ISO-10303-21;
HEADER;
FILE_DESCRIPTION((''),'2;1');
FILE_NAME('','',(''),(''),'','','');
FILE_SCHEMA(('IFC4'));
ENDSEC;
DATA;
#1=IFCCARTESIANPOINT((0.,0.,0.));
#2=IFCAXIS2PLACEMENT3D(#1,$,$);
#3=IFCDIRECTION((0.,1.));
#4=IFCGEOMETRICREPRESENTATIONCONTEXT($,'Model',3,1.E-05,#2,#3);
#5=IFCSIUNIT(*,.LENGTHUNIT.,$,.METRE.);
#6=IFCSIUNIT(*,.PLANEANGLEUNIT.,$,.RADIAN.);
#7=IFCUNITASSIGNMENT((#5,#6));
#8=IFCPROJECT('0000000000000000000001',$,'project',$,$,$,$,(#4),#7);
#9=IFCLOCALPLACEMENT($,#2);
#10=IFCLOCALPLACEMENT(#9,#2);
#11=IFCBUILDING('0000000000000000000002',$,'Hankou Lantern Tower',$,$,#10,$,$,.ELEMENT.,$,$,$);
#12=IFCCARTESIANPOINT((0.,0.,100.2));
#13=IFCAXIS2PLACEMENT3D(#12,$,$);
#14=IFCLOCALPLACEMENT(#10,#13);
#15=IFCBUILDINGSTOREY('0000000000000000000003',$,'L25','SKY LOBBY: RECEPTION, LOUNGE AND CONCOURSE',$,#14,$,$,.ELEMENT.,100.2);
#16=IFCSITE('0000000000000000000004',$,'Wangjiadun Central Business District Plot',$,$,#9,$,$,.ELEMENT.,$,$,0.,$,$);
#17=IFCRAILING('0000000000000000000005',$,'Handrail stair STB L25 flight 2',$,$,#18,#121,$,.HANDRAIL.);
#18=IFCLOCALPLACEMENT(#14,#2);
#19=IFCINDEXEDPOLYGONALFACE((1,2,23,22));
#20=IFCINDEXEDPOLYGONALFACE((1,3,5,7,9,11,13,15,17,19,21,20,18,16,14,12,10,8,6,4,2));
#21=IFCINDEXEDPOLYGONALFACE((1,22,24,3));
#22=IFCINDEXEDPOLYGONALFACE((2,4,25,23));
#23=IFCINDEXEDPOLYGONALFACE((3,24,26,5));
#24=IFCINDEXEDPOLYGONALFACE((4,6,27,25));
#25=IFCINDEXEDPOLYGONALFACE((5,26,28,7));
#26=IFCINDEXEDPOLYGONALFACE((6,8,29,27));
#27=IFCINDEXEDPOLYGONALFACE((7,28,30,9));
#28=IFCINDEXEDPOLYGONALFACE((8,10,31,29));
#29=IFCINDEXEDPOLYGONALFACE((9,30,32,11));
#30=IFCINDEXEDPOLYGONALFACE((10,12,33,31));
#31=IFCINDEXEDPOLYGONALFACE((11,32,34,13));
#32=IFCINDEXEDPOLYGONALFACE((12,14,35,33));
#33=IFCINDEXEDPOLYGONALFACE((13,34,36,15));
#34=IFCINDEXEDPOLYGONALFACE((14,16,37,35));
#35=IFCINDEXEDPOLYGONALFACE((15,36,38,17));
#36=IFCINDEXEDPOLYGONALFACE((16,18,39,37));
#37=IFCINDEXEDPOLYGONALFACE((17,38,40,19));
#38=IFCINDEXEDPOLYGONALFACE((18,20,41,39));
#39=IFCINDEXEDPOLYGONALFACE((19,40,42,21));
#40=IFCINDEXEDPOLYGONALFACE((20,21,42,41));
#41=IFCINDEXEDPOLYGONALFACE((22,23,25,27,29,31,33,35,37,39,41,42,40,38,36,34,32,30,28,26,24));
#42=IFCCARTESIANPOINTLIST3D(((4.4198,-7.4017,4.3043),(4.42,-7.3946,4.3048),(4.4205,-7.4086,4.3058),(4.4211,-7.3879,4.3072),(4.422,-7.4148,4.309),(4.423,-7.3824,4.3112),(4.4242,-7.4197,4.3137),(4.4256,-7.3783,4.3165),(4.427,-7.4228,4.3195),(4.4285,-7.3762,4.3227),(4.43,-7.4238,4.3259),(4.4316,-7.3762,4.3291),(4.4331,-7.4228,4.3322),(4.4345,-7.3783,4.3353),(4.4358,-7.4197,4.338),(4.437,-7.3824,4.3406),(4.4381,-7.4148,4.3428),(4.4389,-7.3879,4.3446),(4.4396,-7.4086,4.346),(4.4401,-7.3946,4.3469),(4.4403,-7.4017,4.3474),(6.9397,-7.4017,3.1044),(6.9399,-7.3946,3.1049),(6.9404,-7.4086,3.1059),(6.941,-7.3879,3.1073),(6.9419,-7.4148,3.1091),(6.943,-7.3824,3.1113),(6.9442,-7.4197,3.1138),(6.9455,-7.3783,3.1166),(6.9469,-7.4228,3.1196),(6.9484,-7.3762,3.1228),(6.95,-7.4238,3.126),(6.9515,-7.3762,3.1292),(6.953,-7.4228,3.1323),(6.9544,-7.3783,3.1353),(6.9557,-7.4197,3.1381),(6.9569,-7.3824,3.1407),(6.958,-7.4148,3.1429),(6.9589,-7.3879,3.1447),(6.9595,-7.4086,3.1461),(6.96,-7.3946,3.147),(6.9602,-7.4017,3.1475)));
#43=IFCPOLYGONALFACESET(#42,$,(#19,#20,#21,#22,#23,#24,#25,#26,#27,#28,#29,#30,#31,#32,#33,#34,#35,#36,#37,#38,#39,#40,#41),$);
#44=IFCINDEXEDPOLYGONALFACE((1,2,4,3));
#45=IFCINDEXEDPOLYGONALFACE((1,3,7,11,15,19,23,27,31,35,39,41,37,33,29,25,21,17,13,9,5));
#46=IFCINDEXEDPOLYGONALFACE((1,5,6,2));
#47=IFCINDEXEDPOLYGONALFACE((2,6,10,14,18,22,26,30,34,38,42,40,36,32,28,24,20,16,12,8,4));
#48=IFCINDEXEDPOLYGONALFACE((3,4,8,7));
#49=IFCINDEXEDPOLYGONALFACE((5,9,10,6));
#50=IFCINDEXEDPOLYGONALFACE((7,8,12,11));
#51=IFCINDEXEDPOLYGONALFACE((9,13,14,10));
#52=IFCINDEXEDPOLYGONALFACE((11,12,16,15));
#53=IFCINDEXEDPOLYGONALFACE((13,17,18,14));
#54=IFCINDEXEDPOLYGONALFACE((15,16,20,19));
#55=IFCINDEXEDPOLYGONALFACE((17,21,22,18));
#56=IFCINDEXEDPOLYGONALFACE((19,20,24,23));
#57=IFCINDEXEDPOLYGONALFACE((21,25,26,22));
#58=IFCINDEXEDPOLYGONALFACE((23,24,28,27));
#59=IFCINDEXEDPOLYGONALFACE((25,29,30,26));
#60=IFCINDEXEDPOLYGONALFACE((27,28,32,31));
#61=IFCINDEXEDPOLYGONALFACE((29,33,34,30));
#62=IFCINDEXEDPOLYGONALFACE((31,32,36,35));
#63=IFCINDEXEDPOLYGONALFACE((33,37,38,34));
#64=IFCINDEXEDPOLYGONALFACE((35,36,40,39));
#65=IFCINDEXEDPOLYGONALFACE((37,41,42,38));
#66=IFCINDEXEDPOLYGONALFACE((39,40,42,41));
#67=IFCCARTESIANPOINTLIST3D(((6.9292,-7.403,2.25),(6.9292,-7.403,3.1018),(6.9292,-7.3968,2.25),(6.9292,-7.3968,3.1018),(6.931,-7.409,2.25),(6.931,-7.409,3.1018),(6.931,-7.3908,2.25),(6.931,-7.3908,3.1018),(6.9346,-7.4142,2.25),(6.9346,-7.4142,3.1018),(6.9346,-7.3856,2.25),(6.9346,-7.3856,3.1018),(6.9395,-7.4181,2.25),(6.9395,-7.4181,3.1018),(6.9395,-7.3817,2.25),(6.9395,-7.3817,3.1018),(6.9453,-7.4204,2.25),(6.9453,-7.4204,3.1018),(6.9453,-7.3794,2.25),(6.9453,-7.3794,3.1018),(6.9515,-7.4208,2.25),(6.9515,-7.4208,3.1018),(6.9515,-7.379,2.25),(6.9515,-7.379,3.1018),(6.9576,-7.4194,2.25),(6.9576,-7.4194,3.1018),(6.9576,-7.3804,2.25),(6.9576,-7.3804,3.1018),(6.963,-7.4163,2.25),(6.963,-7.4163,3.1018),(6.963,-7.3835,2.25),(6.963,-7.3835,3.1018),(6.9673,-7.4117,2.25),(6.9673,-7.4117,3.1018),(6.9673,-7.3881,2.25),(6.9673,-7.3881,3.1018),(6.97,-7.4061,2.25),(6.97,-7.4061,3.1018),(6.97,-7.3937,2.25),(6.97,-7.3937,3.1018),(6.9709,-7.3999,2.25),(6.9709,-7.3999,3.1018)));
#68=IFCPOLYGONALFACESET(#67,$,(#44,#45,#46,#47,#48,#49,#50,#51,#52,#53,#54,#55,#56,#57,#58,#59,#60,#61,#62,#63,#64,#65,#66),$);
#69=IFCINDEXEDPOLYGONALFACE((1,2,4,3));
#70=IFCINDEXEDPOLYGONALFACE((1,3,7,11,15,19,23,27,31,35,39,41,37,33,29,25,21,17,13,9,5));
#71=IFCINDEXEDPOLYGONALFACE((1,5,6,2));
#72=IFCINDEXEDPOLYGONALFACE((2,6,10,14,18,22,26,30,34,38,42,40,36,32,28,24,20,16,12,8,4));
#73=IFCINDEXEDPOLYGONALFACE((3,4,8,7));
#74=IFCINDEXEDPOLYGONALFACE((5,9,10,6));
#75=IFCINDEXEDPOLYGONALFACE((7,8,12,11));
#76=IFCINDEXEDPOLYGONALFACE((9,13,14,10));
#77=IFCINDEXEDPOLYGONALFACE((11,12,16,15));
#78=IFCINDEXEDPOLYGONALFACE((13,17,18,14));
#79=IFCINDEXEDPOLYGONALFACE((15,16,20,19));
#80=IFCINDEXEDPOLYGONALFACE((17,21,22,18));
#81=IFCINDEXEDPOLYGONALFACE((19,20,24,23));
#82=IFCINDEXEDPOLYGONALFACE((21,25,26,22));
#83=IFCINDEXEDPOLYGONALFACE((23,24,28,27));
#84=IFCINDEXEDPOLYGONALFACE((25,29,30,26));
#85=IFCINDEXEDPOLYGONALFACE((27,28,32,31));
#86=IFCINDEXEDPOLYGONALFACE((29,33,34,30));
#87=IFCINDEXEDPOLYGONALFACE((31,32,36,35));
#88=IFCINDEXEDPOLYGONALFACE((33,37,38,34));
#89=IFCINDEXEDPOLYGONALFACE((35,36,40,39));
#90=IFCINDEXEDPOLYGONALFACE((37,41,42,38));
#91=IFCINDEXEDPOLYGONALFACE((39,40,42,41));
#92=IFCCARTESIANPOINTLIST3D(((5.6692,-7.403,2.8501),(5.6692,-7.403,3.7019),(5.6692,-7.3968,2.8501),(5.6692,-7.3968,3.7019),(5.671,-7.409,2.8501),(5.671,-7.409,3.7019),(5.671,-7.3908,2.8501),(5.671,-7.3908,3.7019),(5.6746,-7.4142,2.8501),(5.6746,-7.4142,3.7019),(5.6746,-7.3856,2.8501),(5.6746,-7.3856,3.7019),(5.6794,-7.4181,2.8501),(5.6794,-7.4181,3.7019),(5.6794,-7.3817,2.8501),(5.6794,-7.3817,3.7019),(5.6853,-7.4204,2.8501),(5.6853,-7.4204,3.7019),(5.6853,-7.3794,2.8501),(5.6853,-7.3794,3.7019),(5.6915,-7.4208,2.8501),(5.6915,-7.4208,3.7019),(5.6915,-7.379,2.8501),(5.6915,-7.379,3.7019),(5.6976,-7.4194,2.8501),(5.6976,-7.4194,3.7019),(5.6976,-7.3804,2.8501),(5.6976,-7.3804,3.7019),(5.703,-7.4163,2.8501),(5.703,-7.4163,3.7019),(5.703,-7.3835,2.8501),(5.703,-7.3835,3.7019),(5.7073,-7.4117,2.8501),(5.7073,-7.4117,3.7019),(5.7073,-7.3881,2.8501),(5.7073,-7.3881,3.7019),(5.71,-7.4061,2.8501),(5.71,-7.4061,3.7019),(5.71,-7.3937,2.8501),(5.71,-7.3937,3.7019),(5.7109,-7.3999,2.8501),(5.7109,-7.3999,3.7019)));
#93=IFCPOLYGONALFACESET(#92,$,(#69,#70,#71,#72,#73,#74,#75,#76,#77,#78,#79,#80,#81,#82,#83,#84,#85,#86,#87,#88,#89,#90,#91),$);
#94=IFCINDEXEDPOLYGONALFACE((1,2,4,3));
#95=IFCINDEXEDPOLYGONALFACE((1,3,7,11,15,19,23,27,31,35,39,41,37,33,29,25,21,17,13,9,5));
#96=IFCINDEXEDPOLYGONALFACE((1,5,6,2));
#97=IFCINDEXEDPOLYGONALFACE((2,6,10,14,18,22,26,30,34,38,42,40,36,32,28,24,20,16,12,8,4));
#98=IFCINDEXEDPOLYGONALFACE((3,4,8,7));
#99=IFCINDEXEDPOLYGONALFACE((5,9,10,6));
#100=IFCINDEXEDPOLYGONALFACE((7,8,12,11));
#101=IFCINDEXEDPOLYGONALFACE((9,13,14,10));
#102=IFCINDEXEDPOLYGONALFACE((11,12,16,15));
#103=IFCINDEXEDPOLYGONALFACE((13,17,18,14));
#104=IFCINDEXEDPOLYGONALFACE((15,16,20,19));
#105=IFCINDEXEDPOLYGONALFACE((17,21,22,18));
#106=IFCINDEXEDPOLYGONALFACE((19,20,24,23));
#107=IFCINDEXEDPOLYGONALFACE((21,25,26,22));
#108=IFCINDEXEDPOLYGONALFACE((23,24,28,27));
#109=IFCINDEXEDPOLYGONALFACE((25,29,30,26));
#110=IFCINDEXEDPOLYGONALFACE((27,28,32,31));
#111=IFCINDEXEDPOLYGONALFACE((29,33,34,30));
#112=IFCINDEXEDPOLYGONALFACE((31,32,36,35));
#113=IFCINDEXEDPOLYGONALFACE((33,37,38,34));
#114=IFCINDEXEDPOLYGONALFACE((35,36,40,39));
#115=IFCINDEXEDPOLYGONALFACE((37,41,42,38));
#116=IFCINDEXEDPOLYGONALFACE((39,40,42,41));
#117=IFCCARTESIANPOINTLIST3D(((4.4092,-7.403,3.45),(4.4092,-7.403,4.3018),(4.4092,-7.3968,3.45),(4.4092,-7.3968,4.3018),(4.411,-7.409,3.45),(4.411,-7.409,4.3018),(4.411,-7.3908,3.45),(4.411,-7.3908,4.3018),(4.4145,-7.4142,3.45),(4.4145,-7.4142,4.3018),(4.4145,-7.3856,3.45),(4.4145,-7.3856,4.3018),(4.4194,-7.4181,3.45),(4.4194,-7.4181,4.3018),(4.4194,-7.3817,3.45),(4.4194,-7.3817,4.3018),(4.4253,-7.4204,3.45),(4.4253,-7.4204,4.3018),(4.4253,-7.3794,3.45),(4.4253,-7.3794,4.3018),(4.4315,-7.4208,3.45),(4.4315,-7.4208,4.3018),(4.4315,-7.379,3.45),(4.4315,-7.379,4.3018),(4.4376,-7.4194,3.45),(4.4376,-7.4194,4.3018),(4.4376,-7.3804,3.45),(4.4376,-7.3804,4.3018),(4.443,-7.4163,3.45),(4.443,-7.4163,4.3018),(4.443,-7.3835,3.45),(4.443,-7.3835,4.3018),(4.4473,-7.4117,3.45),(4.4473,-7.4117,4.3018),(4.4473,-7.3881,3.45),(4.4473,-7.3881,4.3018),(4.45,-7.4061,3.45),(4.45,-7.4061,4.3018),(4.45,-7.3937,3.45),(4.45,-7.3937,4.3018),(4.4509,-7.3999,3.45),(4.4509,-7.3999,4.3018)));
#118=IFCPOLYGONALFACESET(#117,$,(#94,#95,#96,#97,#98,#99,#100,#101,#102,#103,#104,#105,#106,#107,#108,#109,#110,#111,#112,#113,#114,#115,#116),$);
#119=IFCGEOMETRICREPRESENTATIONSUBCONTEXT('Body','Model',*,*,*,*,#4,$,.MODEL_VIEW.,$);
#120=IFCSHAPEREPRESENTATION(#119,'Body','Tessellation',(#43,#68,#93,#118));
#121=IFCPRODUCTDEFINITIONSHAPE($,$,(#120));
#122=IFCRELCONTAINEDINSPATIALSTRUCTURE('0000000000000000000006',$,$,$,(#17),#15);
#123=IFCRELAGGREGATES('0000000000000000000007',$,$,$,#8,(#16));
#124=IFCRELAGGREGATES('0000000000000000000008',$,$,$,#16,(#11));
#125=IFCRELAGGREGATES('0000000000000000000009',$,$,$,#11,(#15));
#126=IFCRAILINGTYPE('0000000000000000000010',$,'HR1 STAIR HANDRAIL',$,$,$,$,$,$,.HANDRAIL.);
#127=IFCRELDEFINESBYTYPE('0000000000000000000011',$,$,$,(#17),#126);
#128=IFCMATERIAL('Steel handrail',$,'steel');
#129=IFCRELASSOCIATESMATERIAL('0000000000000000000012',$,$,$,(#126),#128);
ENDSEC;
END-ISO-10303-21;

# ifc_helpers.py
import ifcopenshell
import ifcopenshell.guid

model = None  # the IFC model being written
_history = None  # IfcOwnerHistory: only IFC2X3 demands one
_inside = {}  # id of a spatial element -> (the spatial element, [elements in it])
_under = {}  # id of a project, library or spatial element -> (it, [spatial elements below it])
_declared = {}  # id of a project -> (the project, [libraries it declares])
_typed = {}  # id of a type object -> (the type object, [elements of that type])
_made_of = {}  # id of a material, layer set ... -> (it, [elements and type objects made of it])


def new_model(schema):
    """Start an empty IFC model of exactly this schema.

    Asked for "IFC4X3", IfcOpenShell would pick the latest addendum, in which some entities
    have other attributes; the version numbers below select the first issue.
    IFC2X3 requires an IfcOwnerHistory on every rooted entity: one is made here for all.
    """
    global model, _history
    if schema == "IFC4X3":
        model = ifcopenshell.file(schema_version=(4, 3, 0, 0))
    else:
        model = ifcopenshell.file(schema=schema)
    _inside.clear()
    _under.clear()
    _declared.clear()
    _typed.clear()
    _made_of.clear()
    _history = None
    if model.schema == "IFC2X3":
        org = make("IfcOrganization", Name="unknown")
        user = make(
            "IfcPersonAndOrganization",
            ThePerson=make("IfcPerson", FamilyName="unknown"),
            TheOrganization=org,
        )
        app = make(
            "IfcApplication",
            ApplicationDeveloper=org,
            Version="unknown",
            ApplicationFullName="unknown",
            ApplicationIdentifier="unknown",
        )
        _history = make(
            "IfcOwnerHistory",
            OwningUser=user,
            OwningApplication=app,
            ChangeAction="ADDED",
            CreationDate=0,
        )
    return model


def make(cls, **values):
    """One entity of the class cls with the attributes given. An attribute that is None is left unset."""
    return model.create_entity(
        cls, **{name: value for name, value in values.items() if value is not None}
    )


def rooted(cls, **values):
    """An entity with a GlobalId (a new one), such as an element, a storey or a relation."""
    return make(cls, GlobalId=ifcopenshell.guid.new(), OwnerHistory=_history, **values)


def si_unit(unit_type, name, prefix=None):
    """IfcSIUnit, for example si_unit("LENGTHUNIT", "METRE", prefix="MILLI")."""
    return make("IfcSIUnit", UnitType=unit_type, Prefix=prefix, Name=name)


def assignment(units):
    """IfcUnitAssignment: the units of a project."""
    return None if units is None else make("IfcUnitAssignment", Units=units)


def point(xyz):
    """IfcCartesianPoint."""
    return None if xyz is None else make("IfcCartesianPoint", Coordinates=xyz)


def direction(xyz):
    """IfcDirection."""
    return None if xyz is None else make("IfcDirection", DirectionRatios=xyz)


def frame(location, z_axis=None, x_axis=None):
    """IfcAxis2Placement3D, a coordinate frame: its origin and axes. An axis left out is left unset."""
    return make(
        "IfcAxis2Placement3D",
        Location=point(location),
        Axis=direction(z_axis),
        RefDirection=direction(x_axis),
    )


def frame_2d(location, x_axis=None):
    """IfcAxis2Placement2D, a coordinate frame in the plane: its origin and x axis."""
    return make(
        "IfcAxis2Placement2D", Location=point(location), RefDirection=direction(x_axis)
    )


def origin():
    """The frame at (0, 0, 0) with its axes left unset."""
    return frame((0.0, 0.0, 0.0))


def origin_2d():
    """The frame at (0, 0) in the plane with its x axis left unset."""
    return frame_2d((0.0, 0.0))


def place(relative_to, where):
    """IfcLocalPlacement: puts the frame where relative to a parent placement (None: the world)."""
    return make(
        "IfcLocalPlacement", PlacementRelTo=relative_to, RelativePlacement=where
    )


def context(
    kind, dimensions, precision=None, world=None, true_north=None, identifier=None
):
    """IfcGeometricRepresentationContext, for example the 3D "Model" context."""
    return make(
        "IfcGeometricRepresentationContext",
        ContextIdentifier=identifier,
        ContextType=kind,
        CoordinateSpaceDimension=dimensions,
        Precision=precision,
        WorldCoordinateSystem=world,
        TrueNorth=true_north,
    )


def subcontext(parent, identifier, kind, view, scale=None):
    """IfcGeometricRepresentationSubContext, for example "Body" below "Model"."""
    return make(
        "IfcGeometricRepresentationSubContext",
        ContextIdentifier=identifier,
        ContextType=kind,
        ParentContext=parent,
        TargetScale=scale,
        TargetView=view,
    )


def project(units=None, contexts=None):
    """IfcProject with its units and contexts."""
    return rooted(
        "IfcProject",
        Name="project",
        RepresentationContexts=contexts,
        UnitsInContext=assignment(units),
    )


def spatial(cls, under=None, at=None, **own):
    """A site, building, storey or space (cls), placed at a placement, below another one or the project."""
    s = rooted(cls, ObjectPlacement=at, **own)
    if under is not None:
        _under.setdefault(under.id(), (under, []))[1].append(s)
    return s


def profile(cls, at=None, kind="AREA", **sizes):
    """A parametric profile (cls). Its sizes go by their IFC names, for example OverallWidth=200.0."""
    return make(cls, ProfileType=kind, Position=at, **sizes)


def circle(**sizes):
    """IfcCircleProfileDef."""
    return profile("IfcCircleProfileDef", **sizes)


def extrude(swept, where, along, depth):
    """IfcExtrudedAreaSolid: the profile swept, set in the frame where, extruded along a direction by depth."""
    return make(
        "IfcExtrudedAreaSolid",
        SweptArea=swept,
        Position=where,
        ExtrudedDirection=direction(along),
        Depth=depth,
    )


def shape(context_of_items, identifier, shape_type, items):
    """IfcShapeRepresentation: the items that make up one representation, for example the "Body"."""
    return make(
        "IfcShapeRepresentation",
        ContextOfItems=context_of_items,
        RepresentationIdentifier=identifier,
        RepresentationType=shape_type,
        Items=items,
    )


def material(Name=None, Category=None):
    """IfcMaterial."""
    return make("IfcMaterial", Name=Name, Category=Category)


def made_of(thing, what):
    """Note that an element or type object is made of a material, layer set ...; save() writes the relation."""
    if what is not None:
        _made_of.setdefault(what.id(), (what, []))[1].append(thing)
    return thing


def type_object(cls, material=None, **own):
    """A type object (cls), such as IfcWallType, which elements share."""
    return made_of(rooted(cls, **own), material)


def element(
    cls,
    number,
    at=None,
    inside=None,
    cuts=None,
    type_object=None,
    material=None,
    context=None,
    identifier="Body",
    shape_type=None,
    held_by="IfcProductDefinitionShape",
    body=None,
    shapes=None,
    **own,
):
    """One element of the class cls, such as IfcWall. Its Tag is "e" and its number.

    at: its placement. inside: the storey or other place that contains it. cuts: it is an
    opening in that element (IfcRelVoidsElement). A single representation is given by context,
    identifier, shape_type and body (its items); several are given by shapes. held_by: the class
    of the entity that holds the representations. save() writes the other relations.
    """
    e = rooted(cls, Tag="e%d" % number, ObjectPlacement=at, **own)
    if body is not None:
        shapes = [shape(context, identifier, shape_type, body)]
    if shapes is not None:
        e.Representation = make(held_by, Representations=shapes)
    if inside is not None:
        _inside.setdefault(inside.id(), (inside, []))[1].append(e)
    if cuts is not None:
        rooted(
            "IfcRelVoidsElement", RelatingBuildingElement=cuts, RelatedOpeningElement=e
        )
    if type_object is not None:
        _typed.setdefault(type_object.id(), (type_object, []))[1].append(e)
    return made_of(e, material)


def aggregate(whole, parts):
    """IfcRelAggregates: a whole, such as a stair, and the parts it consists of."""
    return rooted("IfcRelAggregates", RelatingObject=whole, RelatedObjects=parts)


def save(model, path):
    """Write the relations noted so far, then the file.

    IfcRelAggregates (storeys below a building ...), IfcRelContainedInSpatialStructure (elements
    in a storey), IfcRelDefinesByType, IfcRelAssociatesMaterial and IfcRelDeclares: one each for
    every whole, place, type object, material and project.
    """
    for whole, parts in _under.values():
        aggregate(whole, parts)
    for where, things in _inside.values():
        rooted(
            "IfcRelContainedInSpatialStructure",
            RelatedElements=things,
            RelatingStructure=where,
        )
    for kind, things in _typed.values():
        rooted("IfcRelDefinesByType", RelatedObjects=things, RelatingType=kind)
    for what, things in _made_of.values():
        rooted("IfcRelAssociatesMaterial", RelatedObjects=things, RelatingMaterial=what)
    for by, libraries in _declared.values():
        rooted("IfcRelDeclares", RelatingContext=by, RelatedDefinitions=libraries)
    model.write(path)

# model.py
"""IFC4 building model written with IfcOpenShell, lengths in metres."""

from ifc_helpers import new_model, si_unit, direction, frame, origin, origin_2d, place, context, subcontext, project, spatial, circle, extrude, material, type_object, element, save


model = new_model("IFC4")

# Units and contexts
model_context = context("Model", 3, precision=1e-05, world=origin(), true_north=direction((0.0, 1.0)))
body_context = subcontext(model_context, "Body", "Model", "MODEL_VIEW")
ifc_project = project(units=[si_unit("LENGTHUNIT", "METRE"), si_unit("PLANEANGLEUNIT", "RADIAN")], contexts=[model_context])

# Site, building, storey
site_placement = place(None, origin())
site = spatial("IfcSite", under=ifc_project, at=site_placement, Name="Wangjiadun Central Business District Plot", CompositionType="ELEMENT", RefElevation=0.0)
building_placement = place(site_placement, origin())
building = spatial("IfcBuilding", under=site, at=building_placement, Name="Hankou Lantern Tower", CompositionType="ELEMENT")
storey_placement = place(building_placement, frame((0.0, 0.0, 100.2)))
storey = spatial("IfcBuildingStorey", under=building, at=storey_placement, Name="L25", Description="SKY LOBBY: RECEPTION, LOUNGE AND CONCOURSE", CompositionType="ELEMENT", Elevation=100.2)

# Railing
ifc_material_1 = material(Name="Steel handrail", Category="steel")
railing_type = type_object("IfcRailingType", Name="HR1 STAIR HANDRAIL", PredefinedType="HANDRAIL", material=ifc_material_1)
railing_1_placement = place(storey_placement, frame((6.95, -7.3999, 2.25)))
element("IfcRailing", 1, at=railing_1_placement, inside=storey, type_object=railing_type, Name="Handrail stair STB L25 flight 2", PredefinedType="HANDRAIL", context=body_context, shape_type="SweptSolid", body=[
    extrude(circle(Radius=0.0239, at=origin_2d()), frame((0.0, 0.0, 0.876), z_axis=(-0.902869, 0.0, 0.429917), x_axis=(0.0, -1.0, 0.0)), (0.0, 0.0, 1.0), 2.791),
    extrude(circle(Radius=0.021, at=origin_2d()), origin(), (0.0, 0.0, 1.0), 0.8518),
    extrude(circle(Radius=0.021, at=origin_2d()), frame((-1.26, 0.0, 0.6001)), (0.0, 0.0, 1.0), 0.8518),
    extrude(circle(Radius=0.021, at=origin_2d()), frame((-2.52, 0.0, 1.2)), (0.0, 0.0, 1.0), 0.8518),
])

save(model, "model.ifc")
